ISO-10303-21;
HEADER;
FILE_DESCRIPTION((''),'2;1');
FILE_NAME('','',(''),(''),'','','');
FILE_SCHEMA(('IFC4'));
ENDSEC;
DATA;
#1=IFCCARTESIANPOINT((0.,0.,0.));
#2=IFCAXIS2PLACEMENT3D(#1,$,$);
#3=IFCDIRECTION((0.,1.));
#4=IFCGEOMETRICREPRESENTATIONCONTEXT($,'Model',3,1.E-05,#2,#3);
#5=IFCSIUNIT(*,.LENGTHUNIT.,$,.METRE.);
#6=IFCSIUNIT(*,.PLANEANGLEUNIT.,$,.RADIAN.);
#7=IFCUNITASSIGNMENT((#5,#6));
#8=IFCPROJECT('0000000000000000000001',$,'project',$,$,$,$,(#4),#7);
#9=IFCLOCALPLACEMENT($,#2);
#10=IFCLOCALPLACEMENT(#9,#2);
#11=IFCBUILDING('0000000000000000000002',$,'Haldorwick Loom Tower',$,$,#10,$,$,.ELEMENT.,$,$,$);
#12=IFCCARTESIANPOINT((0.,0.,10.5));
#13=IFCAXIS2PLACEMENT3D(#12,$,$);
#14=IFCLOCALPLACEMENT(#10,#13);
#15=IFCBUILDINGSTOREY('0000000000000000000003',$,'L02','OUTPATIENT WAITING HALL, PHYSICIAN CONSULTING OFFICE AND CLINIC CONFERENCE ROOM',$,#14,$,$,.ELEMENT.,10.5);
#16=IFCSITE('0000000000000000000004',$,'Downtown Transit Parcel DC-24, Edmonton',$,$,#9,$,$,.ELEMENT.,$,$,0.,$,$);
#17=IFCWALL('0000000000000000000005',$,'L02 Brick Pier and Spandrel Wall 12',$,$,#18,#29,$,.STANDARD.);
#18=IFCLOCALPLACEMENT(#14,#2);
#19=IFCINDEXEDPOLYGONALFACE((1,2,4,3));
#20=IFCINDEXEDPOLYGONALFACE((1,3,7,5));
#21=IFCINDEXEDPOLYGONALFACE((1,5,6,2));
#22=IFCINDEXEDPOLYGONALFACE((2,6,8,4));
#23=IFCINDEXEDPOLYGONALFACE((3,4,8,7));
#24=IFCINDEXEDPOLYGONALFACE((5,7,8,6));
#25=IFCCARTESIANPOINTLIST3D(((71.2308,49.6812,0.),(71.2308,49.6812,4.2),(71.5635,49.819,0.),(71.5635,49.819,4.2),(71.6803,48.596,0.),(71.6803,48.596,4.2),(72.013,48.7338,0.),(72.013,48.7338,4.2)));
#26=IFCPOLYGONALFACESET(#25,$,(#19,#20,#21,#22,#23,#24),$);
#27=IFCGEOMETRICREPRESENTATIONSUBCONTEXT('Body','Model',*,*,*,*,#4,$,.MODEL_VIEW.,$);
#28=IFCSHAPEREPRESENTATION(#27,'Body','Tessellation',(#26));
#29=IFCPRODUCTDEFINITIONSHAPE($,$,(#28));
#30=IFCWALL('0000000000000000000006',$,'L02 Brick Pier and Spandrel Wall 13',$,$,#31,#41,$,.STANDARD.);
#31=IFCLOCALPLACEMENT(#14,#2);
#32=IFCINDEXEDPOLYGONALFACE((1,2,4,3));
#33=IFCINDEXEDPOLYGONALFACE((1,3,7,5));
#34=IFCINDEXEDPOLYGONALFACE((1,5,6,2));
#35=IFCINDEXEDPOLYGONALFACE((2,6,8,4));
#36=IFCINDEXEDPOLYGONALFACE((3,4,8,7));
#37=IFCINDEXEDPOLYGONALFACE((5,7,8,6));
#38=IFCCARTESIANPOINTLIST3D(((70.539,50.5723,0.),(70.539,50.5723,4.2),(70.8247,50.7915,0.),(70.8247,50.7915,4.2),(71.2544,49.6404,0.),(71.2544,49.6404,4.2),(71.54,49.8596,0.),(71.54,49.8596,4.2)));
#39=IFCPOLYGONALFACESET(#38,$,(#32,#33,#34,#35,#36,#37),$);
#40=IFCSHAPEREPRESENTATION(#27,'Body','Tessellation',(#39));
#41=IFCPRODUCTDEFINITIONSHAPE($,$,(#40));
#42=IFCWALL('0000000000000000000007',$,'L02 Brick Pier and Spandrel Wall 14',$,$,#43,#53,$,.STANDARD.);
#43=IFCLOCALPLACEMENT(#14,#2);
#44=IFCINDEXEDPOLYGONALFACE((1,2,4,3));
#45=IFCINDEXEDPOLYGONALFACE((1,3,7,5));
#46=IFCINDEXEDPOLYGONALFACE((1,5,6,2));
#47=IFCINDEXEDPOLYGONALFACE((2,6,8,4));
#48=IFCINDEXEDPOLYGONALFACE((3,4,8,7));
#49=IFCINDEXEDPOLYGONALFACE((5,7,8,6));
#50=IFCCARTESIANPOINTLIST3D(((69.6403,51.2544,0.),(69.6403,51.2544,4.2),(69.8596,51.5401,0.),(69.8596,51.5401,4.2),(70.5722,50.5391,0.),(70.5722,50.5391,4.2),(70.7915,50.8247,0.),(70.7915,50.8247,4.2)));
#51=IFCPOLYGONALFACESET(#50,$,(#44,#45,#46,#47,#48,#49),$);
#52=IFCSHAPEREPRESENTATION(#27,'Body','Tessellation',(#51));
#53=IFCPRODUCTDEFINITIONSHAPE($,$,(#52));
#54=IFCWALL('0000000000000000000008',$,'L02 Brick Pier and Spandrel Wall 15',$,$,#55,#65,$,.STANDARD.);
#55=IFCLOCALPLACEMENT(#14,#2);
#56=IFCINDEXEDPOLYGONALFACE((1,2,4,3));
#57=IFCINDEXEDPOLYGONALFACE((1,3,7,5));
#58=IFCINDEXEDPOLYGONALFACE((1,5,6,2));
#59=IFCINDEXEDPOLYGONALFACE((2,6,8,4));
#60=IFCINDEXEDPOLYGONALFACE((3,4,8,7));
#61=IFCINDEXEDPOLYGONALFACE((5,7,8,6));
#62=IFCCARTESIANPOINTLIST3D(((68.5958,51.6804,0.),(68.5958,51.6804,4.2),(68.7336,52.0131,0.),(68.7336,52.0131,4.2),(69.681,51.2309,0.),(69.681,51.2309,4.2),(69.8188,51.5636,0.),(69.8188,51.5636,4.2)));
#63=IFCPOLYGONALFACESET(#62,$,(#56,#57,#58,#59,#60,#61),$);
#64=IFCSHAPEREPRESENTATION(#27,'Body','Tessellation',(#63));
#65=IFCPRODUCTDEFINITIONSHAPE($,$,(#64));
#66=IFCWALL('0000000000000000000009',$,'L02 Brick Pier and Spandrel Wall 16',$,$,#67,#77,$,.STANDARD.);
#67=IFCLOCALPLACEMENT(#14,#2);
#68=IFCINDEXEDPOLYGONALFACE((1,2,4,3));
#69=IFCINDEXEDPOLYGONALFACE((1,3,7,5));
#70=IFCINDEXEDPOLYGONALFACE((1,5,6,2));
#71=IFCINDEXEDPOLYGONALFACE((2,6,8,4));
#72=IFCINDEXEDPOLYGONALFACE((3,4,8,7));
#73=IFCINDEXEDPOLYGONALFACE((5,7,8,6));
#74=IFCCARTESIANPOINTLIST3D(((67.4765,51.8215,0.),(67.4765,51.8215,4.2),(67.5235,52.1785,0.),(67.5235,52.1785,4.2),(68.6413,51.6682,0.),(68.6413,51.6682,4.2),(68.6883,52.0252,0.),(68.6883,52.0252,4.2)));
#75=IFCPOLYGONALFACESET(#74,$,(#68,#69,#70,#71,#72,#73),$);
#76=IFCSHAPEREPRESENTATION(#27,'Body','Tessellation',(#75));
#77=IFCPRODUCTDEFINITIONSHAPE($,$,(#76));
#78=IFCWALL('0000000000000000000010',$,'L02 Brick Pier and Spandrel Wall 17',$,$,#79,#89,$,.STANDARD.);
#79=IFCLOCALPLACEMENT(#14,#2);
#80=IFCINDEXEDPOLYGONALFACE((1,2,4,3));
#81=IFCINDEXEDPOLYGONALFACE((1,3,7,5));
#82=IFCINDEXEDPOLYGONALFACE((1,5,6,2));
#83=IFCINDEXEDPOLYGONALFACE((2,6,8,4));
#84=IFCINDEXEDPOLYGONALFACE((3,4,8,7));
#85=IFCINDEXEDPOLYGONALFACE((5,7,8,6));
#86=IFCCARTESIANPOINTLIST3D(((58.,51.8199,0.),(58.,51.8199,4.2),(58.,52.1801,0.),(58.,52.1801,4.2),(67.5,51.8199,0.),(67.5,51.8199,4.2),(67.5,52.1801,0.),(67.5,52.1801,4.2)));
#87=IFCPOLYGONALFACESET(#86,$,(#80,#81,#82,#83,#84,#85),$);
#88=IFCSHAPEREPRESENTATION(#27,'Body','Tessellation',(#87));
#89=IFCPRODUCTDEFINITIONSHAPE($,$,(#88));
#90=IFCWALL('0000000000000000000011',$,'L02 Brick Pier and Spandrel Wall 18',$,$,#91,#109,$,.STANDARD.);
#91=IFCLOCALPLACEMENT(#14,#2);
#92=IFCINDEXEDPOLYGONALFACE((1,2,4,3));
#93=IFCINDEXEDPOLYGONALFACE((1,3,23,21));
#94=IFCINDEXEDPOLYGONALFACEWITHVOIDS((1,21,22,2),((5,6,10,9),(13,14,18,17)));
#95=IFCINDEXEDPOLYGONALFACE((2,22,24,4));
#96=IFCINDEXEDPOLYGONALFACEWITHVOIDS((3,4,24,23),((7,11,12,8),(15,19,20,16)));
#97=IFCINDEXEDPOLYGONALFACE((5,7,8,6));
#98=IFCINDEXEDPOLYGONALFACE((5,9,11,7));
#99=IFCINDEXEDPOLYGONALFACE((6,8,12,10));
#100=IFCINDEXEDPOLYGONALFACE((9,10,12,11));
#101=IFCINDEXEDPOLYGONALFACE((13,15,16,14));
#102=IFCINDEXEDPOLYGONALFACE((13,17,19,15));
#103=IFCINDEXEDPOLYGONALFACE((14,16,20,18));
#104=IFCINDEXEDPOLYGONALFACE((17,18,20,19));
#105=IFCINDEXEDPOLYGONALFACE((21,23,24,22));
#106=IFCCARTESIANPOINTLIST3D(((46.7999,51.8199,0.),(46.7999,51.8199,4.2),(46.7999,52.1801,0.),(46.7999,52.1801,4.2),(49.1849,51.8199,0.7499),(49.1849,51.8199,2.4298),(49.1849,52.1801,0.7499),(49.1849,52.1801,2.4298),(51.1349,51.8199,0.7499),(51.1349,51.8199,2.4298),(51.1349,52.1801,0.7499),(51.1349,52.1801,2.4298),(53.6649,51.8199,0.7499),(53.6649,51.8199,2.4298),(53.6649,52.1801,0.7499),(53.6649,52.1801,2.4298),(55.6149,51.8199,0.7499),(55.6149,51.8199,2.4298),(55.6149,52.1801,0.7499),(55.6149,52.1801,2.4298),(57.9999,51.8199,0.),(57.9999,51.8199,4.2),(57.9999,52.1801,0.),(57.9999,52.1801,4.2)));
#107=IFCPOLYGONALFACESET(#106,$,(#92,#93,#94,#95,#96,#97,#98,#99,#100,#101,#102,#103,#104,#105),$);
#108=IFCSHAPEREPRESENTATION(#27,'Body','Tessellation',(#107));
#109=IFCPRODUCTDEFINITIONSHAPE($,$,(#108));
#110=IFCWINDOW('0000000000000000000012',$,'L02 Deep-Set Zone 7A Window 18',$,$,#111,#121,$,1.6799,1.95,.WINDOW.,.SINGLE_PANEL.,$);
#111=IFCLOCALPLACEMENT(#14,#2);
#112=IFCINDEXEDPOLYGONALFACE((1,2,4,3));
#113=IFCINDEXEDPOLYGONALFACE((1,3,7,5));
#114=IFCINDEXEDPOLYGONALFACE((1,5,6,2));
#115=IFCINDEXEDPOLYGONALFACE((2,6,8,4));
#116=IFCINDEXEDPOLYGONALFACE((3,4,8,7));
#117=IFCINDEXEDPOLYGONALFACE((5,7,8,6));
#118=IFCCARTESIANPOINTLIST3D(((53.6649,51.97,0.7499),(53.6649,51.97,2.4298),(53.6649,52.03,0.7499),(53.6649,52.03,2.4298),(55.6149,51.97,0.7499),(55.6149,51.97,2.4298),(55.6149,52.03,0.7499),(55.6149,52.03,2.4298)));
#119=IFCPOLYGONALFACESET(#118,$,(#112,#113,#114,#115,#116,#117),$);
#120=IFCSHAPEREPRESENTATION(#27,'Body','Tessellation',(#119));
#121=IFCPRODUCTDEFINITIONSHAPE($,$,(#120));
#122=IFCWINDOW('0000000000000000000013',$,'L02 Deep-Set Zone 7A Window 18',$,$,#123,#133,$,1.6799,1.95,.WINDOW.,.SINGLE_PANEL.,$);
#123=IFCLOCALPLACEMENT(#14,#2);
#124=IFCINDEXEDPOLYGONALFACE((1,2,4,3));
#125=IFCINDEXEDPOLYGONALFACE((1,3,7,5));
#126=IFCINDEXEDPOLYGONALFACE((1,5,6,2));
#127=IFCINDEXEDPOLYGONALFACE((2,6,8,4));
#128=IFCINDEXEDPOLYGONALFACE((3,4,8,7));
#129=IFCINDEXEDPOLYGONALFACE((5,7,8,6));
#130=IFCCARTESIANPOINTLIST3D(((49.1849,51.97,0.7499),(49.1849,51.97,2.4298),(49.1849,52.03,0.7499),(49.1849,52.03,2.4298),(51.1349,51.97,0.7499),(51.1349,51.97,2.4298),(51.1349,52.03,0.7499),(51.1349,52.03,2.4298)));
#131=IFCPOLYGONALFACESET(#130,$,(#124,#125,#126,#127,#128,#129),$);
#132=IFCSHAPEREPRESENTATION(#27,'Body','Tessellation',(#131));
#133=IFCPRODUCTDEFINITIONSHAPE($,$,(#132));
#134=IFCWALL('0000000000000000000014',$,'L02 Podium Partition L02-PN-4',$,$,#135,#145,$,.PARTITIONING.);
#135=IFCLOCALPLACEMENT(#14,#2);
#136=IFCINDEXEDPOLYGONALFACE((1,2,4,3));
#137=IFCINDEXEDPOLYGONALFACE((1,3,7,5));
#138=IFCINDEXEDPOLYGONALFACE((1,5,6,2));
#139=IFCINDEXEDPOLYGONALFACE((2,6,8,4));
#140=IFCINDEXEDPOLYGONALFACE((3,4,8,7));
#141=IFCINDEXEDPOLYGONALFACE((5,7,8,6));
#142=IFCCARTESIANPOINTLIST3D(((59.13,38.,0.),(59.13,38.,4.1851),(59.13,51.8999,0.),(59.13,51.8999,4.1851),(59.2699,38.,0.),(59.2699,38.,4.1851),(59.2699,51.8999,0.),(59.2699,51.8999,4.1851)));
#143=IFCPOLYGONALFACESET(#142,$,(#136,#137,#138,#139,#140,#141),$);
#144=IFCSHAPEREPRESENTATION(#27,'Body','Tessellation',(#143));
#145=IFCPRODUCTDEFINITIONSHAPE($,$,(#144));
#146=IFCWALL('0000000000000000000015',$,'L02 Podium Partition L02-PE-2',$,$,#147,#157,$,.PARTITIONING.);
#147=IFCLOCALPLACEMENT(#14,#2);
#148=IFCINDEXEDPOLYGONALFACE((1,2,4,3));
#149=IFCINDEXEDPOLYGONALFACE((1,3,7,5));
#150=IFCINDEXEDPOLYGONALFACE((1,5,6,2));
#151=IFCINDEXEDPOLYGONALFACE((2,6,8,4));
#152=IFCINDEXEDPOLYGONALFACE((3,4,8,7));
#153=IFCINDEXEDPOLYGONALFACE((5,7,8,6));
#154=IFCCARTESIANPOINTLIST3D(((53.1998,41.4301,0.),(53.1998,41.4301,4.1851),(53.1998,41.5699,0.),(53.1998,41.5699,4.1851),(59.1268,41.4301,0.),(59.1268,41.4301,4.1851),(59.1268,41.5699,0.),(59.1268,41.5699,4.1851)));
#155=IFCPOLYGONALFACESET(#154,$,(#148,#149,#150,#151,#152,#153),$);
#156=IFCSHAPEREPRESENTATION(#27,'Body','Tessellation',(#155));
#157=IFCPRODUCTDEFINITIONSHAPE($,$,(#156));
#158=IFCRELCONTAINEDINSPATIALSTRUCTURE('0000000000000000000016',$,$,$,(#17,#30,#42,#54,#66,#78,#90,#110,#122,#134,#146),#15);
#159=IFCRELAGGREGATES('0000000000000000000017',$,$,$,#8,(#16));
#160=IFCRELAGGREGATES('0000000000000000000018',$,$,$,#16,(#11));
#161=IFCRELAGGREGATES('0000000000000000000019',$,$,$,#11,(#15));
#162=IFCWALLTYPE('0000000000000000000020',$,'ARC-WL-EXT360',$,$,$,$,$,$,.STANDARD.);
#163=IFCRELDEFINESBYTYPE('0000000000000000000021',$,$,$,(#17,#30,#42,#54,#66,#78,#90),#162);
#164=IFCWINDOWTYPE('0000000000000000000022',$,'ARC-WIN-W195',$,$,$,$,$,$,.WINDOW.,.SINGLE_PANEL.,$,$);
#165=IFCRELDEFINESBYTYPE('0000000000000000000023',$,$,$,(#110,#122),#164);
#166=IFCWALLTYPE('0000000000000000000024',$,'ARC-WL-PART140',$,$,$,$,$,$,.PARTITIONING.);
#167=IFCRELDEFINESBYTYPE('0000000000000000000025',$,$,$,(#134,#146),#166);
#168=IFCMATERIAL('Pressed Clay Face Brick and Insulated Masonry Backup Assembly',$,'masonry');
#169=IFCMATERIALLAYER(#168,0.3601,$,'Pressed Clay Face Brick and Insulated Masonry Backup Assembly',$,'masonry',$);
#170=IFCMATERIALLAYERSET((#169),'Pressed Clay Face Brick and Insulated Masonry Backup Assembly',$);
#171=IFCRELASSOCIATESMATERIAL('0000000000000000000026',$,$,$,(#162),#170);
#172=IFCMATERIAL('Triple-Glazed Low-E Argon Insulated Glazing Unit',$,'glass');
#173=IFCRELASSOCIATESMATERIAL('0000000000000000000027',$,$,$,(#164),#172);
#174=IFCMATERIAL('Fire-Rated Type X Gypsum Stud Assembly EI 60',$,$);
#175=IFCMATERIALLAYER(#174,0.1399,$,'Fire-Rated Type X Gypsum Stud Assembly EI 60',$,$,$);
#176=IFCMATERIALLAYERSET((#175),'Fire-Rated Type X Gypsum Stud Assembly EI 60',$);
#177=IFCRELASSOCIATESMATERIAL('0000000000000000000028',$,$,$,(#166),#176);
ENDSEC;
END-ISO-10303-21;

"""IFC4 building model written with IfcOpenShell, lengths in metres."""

from ifc_helpers import new_model, si_unit, direction, frame, frame_2d, origin, place, context, subcontext, project, spatial, rectangle, extrude, material, layer, layer_set, type_object, element, fill, save


model = new_model("IFC4")

# Units and contexts
model_context = context("Model", 3, precision=1e-05, world=origin(), true_north=direction((0.0, 1.0)))
body_context = subcontext(model_context, "Body", "Model", "MODEL_VIEW")
ifc_project = project(units=[si_unit("LENGTHUNIT", "METRE"), si_unit("PLANEANGLEUNIT", "RADIAN")], contexts=[model_context])

# Site, building, storey
site_placement = place(None, origin())
site = spatial("IfcSite", under=ifc_project, at=site_placement, Name="Downtown Transit Parcel DC-24, Edmonton", CompositionType="ELEMENT", RefElevation=0.0)
building_placement = place(site_placement, origin())
building = spatial("IfcBuilding", under=site, at=building_placement, Name="Haldorwick Loom Tower", CompositionType="ELEMENT")
storey_placement = place(building_placement, frame((0.0, 0.0, 10.5)))
storey = spatial("IfcBuildingStorey", under=building, at=storey_placement, Name="L02", Description="OUTPATIENT WAITING HALL, PHYSICIAN CONSULTING OFFICE AND CLINIC CONFERENCE ROOM", CompositionType="ELEMENT", Elevation=10.5)

# Shared definitions
ifc_material_1 = material(Name="Pressed Clay Face Brick and Insulated Masonry Backup Assembly", Category="masonry")
ifc_layer_1 = layer(ifc_material_1, 0.3601, Name="Pressed Clay Face Brick and Insulated Masonry Backup Assembly", Category="masonry")
ifc_layer_set_1 = layer_set([ifc_layer_1], Name="Pressed Clay Face Brick and Insulated Masonry Backup Assembly")
wall_type_1 = type_object("IfcWallType", Name="ARC-WL-EXT360", PredefinedType="STANDARD", material=ifc_layer_set_1)
ifc_material_2 = material(Name="Triple-Glazed Low-E Argon Insulated Glazing Unit", Category="glass")
window_type = type_object("IfcWindowType", Name="ARC-WIN-W195", PartitioningType="SINGLE_PANEL", PredefinedType="WINDOW", material=ifc_material_2)

# Walls
wall_1_placement = place(storey_placement, frame((71.8467, 48.6648, 0.0), z_axis=(0.0, 0.0, 1.0), x_axis=(-0.382652, 0.923893, 0.0)))
element("IfcWall", 1, at=wall_1_placement, inside=storey, type_object=wall_type_1, Name="L02 Brick Pier and Spandrel Wall 12", PredefinedType="STANDARD", context=body_context, shape_type="SweptSolid", body=[
    extrude(rectangle(XDim=1.1746, YDim=0.3601, at=frame_2d((0.5874, 0.0))), origin(), (0.0, 0.0, 1.0), 4.2),
])
for number, where, z_axis, x_axis, name in (
    (2, (71.3972, 49.75, 0.0), (0.0, 0.0, 1.0), (-0.608907, 0.793242, 0.0), "L02 Brick Pier and Spandrel Wall 13"),
    (3, (70.6819, 50.6819, 0.0), (0.0, 0.0, 1.0), (-0.793242, 0.608907, 0.0), "L02 Brick Pier and Spandrel Wall 14"),
):
    element("IfcWall", number, at=place(storey_placement, frame(where, z_axis=z_axis, x_axis=x_axis)), inside=storey, type_object=wall_type_1, Name=name, PredefinedType="STANDARD", context=body_context, shape_type="SweptSolid", body=[
        extrude(rectangle(XDim=1.1748, YDim=0.3601, at=frame_2d((0.5874, 0.0))), origin(), (0.0, 0.0, 1.0), 4.2),
    ])
wall_2_placement = place(storey_placement, frame((69.75, 51.3972, 0.0), z_axis=(0.0, 0.0, 1.0), x_axis=(-0.923893, 0.382652, 0.0)))
element("IfcWall", 4, at=wall_2_placement, inside=storey, type_object=wall_type_1, Name="L02 Brick Pier and Spandrel Wall 15", PredefinedType="STANDARD", context=body_context, shape_type="SweptSolid", body=[
    extrude(rectangle(XDim=1.1746, YDim=0.3601, at=frame_2d((0.5874, 0.0))), origin(), (0.0, 0.0, 1.0), 4.2),
])
wall_3_placement = place(storey_placement, frame((68.6648, 51.8467, 0.0), z_axis=(0.0, 0.0, 1.0), x_axis=(-0.991448, 0.130503, 0.0)))
element("IfcWall", 5, at=wall_3_placement, inside=storey, type_object=wall_type_1, Name="L02 Brick Pier and Spandrel Wall 16", PredefinedType="STANDARD", context=body_context, shape_type="SweptSolid", body=[
    extrude(rectangle(XDim=1.1748, YDim=0.3601, at=frame_2d((0.5874, 0.0))), origin(), (0.0, 0.0, 1.0), 4.2),
])
wall_4_placement = place(storey_placement, frame((67.5, 52.0, 0.0), z_axis=(0.0, 0.0, 1.0), x_axis=(-1.0, 0.0, 0.0)))
element("IfcWall", 6, at=wall_4_placement, inside=storey, type_object=wall_type_1, Name="L02 Brick Pier and Spandrel Wall 17", PredefinedType="STANDARD", context=body_context, shape_type="SweptSolid", body=[
    extrude(rectangle(XDim=9.5, YDim=0.3601, at=frame_2d((4.75, 0.0))), origin(), (0.0, 0.0, 1.0), 4.2),
])

# Wall, openings, windows
wall_5_placement = place(storey_placement, frame((58.0, 52.0, 0.0), z_axis=(0.0, 0.0, 1.0), x_axis=(-1.0, 0.0, 0.0)))
wall_5 = element("IfcWall", 7, at=wall_5_placement, inside=storey, type_object=wall_type_1, Name="L02 Brick Pier and Spandrel Wall 18", PredefinedType="STANDARD", context=body_context, shape_type="SweptSolid", body=[
    extrude(rectangle(XDim=11.2, YDim=0.3601, at=frame_2d((5.6001, 0.0))), origin(), (0.0, 0.0, 1.0), 4.2),
])
opening_1_placement = place(wall_5_placement, frame((2.385, 0.0, 0.75)))
opening_1 = element("IfcOpeningElement", 8, at=opening_1_placement, cuts=wall_5, PredefinedType="OPENING", context=body_context, shape_type="SweptSolid", body=[
    extrude(rectangle(XDim=1.95, YDim=1.6799, at=frame_2d((0.9751, 0.8398))), frame((0.0, 0.1899, 0.0), z_axis=(0.0, -1.0, 0.0), x_axis=(1.0, 0.0, 0.0)), (0.0, 0.0, 1.0), 0.3801),
])
opening_2_placement = place(wall_5_placement, frame((6.865, 0.0, 0.75)))
opening_2 = element("IfcOpeningElement", 9, at=opening_2_placement, cuts=wall_5, PredefinedType="OPENING", context=body_context, shape_type="SweptSolid", body=[
    extrude(rectangle(XDim=1.95, YDim=1.6799, at=frame_2d((0.9751, 0.8398))), frame((0.0, 0.1899, 0.0), z_axis=(0.0, -1.0, 0.0), x_axis=(1.0, 0.0, 0.0)), (0.0, 0.0, 1.0), 0.3801),
])
window_1_placement = place(opening_1_placement, origin())
window_1 = element("IfcWindow", 10, at=window_1_placement, inside=storey, type_object=window_type, Name="L02 Deep-Set Zone 7A Window 18", OverallHeight=1.6799, OverallWidth=1.95, PartitioningType="SINGLE_PANEL", PredefinedType="WINDOW", context=body_context, shape_type="SweptSolid", body=[
    extrude(rectangle(XDim=1.95, YDim=1.6799, at=frame_2d((0.9751, 0.8398))), frame((0.0, 0.03, 0.0), z_axis=(0.0, -1.0, 0.0), x_axis=(1.0, 0.0, 0.0)), (0.0, 0.0, 1.0), 0.0601),
])
fill(opening_1, window_1)
window_2_placement = place(opening_2_placement, origin())
window_2 = element("IfcWindow", 11, at=window_2_placement, inside=storey, type_object=window_type, Name="L02 Deep-Set Zone 7A Window 18", OverallHeight=1.6799, OverallWidth=1.95, PartitioningType="SINGLE_PANEL", PredefinedType="WINDOW", context=body_context, shape_type="SweptSolid", body=[
    extrude(rectangle(XDim=1.95, YDim=1.6799, at=frame_2d((0.9751, 0.8398))), frame((0.0, 0.03, 0.0), z_axis=(0.0, -1.0, 0.0), x_axis=(1.0, 0.0, 0.0)), (0.0, 0.0, 1.0), 0.0601),
])
fill(opening_2, window_2)

# Walls
ifc_material_3 = material(Name="Fire-Rated Type X Gypsum Stud Assembly EI 60")
ifc_layer_2 = layer(ifc_material_3, 0.1399, Name="Fire-Rated Type X Gypsum Stud Assembly EI 60")
ifc_layer_set_2 = layer_set([ifc_layer_2], Name="Fire-Rated Type X Gypsum Stud Assembly EI 60")
wall_type_2 = type_object("IfcWallType", Name="ARC-WL-PART140", PredefinedType="PARTITIONING", material=ifc_layer_set_2)
wall_6_placement = place(storey_placement, frame((59.2, 38.0, 0.0), z_axis=(0.0, 0.0, 1.0), x_axis=(0.0, 1.0, 0.0)))
element("IfcWall", 12, at=wall_6_placement, inside=storey, type_object=wall_type_2, Name="L02 Podium Partition L02-PN-4", PredefinedType="PARTITIONING", context=body_context, shape_type="SweptSolid", body=[
    extrude(rectangle(XDim=13.8999, YDim=0.1399, at=frame_2d((6.95, 0.0))), origin(), (0.0, 0.0, 1.0), 4.1851),
])
wall_7_placement = place(storey_placement, frame((53.2, 41.5, 0.0), z_axis=(0.0, 0.0, 1.0), x_axis=(1.0, 0.0, 0.0)))
element("IfcWall", 13, at=wall_7_placement, inside=storey, type_object=wall_type_2, Name="L02 Podium Partition L02-PE-2", PredefinedType="PARTITIONING", context=body_context, shape_type="SweptSolid", body=[
    extrude(rectangle(XDim=5.927, YDim=0.1399, at=frame_2d((2.9634, 0.0))), origin(), (0.0, 0.0, 1.0), 4.1851),
])

save(model, "model.ifc")
